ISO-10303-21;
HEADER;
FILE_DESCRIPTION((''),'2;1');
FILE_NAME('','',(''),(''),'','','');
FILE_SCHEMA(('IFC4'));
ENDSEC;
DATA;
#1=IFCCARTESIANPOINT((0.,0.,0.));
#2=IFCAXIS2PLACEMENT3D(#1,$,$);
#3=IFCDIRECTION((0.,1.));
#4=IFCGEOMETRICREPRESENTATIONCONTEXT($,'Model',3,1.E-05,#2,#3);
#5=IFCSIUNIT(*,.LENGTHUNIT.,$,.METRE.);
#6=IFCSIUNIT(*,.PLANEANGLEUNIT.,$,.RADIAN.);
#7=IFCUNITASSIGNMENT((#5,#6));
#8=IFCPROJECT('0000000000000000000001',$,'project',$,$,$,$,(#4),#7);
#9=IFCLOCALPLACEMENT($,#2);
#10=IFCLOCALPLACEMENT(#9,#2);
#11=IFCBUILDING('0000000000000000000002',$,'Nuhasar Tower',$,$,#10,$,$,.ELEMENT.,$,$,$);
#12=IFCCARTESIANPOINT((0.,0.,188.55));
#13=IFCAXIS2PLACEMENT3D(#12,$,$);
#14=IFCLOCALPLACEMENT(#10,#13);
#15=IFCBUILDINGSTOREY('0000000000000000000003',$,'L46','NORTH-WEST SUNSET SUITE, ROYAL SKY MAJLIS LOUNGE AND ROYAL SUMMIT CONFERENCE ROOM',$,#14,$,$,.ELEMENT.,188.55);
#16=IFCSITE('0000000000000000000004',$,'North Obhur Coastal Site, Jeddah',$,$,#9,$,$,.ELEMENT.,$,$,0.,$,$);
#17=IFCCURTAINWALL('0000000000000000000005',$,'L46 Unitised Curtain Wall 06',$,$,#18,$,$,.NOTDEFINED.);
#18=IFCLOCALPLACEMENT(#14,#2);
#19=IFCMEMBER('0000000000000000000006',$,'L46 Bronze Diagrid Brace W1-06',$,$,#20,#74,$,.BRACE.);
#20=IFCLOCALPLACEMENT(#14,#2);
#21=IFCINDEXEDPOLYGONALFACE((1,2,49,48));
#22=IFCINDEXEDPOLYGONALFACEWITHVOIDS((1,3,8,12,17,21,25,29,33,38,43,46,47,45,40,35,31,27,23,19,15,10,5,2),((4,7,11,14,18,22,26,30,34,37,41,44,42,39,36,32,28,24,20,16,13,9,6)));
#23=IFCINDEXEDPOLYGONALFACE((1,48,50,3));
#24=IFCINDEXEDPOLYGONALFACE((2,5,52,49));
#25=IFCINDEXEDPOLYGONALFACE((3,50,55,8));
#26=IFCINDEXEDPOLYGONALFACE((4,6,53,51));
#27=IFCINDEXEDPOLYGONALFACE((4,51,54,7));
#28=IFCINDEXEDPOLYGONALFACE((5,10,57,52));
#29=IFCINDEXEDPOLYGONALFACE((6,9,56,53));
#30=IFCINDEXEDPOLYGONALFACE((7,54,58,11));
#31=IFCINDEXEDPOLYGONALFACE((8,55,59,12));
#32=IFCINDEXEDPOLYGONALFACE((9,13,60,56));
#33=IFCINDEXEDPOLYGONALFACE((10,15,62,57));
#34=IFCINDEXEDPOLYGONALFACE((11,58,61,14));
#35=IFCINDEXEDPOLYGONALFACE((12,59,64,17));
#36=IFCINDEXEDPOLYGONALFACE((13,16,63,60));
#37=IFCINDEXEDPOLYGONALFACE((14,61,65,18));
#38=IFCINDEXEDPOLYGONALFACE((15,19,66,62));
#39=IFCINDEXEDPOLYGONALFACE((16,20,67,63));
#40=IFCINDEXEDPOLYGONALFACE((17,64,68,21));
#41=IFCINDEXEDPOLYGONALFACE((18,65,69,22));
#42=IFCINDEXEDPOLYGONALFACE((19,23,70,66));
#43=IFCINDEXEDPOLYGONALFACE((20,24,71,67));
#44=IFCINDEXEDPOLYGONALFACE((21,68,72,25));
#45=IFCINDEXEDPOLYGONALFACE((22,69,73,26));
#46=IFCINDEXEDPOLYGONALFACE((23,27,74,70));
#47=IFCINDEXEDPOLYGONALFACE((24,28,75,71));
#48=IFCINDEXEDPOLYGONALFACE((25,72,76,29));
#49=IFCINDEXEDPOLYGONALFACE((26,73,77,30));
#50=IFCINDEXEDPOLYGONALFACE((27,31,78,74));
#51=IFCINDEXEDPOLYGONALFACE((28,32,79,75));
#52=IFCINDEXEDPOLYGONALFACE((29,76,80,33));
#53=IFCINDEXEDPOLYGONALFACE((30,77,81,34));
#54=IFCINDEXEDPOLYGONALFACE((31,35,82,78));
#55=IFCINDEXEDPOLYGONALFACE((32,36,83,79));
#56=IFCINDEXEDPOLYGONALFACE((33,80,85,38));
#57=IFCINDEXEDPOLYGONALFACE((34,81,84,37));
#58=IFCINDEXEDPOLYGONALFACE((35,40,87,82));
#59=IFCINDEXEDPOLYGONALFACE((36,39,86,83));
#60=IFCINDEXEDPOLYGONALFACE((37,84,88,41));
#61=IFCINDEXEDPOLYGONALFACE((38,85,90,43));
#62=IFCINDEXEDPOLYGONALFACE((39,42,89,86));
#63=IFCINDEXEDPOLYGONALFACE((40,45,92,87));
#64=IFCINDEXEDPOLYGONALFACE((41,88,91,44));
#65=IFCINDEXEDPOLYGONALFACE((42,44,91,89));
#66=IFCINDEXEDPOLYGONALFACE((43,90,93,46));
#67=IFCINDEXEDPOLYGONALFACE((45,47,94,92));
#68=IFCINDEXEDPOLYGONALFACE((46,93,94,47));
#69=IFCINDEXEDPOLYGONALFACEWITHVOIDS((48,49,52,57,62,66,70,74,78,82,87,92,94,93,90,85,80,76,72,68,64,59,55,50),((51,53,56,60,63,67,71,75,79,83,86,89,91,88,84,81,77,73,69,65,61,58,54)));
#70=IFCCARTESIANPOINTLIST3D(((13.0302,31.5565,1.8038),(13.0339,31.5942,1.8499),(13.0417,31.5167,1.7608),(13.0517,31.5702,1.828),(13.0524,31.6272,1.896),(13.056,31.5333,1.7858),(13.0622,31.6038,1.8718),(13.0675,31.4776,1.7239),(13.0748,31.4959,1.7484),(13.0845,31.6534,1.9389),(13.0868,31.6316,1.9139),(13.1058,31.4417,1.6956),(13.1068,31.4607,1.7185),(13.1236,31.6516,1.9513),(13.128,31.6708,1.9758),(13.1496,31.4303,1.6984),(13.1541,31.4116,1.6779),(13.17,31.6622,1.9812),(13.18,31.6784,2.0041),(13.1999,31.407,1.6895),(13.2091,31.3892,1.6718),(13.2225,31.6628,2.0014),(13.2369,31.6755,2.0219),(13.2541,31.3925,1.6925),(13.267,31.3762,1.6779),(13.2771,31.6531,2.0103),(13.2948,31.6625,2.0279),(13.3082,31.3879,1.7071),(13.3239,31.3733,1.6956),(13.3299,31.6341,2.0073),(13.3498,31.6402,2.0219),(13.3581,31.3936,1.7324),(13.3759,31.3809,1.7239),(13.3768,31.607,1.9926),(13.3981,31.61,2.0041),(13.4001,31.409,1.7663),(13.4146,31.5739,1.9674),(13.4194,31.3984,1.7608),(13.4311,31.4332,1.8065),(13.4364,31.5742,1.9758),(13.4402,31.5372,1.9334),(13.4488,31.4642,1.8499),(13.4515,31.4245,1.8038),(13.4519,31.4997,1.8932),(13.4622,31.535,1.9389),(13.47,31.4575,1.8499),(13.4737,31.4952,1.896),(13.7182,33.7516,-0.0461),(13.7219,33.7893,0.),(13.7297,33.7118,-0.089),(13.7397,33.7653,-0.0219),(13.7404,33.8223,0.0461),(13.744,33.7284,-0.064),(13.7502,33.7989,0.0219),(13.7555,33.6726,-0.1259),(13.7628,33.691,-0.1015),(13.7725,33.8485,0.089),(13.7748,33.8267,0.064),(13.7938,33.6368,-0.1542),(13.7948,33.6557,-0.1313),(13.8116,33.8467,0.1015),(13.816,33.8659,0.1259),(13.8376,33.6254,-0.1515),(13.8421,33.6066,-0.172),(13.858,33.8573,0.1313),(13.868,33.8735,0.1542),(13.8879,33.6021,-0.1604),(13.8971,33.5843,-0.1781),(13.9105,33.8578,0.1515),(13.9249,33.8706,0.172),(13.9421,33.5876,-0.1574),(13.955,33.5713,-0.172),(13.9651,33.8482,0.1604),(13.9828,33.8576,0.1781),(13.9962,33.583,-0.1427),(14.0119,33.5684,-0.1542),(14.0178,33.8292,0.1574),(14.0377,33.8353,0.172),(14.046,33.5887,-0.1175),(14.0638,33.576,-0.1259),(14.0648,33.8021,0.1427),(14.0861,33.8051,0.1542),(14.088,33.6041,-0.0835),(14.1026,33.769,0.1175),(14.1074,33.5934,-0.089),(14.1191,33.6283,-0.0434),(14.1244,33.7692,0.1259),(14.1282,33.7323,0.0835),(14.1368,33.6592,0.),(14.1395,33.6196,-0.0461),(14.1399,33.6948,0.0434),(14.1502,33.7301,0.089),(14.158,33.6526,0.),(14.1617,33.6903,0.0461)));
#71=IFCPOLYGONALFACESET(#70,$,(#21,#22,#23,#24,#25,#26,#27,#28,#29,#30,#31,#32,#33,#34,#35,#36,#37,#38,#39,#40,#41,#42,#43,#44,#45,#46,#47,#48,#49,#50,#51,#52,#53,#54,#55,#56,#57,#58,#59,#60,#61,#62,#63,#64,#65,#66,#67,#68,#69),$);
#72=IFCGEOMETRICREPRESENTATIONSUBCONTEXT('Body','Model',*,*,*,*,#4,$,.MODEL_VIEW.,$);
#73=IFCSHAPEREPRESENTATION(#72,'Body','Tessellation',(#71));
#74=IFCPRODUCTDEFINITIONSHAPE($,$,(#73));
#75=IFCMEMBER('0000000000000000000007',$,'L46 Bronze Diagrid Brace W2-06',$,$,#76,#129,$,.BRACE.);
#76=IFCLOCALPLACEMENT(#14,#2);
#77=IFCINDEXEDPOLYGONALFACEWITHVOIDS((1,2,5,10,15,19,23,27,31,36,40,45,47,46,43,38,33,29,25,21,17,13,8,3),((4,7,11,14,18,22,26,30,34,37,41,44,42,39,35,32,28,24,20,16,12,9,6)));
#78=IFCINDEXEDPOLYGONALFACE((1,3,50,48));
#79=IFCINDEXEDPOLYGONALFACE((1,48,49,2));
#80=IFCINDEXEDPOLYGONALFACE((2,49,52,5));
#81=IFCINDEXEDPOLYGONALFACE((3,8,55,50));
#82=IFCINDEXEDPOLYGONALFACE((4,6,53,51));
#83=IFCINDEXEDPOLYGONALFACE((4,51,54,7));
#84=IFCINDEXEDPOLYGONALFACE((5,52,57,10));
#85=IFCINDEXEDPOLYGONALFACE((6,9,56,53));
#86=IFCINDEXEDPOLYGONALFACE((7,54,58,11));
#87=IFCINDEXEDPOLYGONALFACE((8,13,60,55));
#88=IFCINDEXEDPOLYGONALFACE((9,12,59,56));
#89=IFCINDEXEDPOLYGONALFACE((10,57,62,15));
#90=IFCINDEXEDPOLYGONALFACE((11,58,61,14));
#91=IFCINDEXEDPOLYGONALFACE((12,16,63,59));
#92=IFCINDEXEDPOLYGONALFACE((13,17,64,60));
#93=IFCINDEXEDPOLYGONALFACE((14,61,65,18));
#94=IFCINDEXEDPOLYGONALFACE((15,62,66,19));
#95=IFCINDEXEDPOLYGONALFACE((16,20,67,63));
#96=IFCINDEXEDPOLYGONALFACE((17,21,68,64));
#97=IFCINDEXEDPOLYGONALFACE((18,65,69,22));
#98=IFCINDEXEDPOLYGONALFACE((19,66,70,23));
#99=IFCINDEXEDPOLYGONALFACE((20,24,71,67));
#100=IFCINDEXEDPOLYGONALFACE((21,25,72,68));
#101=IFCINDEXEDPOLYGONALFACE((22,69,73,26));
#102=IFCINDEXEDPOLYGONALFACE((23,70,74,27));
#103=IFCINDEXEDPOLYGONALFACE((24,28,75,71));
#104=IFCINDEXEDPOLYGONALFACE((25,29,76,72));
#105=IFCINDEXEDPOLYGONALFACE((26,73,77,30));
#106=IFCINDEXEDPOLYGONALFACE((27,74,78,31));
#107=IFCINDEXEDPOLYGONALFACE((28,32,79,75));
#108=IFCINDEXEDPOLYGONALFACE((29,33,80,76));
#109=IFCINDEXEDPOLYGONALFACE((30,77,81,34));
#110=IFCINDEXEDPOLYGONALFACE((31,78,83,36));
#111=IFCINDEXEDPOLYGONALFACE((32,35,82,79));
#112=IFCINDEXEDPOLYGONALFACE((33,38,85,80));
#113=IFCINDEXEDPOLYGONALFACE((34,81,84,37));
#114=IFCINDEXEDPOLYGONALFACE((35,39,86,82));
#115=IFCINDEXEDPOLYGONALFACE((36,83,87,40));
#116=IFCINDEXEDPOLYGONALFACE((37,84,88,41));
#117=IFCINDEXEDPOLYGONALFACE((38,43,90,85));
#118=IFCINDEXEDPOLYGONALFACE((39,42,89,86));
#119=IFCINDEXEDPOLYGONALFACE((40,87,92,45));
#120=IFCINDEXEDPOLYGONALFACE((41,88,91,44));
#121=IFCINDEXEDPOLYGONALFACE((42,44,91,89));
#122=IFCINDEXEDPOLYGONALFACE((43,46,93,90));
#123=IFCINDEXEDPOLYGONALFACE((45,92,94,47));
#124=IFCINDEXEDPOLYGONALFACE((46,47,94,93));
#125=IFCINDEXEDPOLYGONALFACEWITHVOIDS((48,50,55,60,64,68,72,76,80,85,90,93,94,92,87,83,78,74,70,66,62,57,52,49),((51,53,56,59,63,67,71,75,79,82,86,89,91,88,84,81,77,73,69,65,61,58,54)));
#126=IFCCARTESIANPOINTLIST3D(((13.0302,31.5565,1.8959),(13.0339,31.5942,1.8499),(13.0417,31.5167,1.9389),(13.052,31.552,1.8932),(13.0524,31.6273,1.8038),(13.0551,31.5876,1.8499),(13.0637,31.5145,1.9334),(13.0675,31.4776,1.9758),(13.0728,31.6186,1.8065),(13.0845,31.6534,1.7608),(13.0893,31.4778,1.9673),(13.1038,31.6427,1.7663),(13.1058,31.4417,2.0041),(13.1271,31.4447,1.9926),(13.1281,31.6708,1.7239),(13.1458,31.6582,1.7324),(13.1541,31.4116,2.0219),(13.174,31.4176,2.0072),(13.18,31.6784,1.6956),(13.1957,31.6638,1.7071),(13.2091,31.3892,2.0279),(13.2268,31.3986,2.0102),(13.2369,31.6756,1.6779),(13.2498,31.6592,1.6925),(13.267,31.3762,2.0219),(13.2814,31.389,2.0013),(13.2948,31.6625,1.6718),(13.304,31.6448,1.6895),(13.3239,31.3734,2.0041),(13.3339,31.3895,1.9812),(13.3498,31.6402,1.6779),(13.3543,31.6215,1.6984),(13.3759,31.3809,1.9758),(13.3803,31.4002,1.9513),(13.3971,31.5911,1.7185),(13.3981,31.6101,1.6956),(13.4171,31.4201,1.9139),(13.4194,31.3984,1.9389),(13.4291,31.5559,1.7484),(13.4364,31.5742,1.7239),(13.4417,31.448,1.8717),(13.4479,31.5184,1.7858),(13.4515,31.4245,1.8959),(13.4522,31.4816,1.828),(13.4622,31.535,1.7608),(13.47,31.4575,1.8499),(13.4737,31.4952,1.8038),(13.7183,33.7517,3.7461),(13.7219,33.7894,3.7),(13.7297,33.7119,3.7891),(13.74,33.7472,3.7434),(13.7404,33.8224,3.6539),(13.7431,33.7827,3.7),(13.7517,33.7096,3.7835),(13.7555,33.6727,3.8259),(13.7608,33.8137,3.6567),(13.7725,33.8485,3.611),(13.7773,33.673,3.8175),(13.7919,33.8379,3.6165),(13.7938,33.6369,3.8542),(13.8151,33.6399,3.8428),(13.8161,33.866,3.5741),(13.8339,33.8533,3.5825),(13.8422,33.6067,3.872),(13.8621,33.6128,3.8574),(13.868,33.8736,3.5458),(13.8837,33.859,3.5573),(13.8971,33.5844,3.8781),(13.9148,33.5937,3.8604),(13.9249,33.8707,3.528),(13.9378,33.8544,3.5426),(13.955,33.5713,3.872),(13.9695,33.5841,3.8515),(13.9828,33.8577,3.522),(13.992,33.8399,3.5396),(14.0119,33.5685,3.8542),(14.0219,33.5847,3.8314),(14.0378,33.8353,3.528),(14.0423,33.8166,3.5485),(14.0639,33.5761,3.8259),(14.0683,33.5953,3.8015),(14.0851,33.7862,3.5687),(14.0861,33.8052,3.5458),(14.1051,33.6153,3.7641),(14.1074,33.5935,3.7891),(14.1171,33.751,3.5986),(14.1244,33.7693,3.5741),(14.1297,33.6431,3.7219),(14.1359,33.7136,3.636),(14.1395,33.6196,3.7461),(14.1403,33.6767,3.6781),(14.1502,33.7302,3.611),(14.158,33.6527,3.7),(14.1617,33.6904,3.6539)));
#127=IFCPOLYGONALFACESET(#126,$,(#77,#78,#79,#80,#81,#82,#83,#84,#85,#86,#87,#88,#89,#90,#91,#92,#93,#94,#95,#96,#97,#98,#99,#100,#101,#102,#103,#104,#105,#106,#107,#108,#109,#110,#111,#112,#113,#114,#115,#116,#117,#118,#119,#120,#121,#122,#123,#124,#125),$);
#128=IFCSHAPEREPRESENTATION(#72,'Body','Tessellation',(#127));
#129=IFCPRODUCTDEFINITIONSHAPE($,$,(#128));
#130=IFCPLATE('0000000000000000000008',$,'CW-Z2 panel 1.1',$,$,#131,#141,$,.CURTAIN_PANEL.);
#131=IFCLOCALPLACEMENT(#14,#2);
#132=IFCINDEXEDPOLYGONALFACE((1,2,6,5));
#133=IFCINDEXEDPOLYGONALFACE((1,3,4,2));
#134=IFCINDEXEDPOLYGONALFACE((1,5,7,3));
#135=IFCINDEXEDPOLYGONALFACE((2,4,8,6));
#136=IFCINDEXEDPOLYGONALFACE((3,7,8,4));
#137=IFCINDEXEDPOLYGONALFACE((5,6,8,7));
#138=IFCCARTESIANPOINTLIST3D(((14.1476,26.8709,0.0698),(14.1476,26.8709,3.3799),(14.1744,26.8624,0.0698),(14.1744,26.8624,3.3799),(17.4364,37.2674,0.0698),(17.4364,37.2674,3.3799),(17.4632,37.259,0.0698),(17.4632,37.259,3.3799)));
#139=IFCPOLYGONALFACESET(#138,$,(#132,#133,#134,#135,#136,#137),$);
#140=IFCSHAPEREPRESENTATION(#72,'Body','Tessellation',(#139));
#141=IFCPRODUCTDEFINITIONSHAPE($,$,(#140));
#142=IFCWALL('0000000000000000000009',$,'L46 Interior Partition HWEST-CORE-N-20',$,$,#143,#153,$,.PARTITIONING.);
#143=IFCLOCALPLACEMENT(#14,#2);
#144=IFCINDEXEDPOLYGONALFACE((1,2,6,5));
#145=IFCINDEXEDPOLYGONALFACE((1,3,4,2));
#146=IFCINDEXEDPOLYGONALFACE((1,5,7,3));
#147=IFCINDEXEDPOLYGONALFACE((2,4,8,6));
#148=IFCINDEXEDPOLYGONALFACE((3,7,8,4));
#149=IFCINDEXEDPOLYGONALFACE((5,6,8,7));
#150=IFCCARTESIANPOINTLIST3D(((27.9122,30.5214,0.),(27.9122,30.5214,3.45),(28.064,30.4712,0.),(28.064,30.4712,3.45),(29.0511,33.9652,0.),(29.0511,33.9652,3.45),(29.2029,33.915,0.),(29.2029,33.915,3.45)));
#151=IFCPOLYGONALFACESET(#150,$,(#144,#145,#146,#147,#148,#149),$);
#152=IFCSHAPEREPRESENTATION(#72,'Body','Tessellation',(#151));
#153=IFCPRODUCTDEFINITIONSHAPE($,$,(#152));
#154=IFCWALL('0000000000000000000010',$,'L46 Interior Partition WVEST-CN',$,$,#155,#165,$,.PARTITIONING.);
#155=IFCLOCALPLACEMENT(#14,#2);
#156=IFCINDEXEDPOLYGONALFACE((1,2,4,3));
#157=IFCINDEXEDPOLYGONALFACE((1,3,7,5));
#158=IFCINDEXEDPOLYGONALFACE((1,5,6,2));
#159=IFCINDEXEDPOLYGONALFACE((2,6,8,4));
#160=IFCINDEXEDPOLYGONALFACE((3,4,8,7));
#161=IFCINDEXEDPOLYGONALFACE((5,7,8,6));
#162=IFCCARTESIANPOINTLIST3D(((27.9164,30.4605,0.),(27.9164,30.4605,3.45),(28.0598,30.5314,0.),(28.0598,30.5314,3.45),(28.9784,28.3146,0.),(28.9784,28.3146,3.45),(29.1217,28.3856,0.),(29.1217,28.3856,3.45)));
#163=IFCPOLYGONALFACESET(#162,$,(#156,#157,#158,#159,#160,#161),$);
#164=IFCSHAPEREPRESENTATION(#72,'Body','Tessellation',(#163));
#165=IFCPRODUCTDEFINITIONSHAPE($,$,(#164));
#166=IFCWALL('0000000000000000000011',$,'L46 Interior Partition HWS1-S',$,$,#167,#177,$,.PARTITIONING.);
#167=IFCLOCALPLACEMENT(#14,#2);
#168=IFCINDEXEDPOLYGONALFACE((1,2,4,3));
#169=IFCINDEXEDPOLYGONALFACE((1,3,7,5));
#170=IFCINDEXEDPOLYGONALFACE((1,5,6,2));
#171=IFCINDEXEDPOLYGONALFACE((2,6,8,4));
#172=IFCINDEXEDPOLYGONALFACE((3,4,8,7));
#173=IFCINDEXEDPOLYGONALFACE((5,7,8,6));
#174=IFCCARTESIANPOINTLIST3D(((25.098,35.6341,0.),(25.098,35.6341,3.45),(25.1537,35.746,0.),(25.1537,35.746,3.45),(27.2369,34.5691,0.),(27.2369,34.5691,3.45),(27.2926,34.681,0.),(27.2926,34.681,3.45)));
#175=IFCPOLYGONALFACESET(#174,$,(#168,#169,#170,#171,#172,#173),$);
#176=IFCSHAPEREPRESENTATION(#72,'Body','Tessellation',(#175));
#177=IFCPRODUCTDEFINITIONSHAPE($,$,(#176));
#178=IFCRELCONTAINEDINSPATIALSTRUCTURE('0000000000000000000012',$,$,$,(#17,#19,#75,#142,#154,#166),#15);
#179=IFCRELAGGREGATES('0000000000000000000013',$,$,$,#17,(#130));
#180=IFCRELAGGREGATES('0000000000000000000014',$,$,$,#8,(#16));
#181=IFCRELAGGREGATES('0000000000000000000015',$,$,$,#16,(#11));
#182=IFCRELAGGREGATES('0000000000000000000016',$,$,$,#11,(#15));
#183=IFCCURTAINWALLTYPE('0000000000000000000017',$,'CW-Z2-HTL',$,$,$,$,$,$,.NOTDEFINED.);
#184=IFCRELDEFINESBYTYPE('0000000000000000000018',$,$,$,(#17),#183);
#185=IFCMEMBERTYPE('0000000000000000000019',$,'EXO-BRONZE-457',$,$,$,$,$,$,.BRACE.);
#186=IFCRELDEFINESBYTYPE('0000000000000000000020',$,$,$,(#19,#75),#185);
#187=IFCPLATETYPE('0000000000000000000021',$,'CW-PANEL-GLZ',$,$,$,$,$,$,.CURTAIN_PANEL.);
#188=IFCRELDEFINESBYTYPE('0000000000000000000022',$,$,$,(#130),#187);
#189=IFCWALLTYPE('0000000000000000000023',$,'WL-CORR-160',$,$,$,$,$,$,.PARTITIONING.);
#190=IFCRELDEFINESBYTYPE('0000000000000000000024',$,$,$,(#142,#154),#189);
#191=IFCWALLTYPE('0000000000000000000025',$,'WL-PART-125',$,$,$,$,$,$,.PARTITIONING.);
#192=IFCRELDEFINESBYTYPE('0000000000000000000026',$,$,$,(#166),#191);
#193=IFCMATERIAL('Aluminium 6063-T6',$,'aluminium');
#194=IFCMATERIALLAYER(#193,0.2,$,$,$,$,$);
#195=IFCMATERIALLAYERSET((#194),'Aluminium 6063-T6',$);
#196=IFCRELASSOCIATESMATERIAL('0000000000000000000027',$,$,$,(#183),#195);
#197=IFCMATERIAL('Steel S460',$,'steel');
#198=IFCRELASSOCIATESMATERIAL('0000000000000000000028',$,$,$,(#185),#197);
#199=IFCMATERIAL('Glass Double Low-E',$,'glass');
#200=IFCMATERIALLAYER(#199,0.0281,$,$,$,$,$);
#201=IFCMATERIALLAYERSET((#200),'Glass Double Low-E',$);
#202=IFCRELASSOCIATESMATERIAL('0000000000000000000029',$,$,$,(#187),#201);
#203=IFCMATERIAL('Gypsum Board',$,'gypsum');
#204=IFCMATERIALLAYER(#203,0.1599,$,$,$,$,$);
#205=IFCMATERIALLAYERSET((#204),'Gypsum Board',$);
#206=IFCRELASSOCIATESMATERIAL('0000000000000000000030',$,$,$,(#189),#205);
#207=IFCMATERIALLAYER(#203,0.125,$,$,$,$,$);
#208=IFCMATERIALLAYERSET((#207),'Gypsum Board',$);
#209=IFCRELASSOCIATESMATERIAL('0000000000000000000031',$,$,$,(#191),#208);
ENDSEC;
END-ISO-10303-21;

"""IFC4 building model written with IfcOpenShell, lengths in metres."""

from ifc_helpers import new_model, si_unit, direction, frame, frame_2d, origin, origin_2d, place, context, subcontext, project, spatial, rectangle, hollow_circle, extrude, material, layer, layer_set, material_profile, profile_set, type_object, element, aggregate, save


model = new_model("IFC4")

# Units and contexts
model_context = context("Model", 3, precision=1e-05, world=origin(), true_north=direction((0.0, 1.0)))
body_context = subcontext(model_context, "Body", "Model", "MODEL_VIEW")
ifc_project = project(units=[si_unit("LENGTHUNIT", "METRE"), si_unit("PLANEANGLEUNIT", "RADIAN")], contexts=[model_context])

# Site, building, storey
site_placement = place(None, origin())
site = spatial("IfcSite", under=ifc_project, at=site_placement, Name="North Obhur Coastal Site, Jeddah", CompositionType="ELEMENT", RefElevation=0.0)
building_placement = place(site_placement, origin())
building = spatial("IfcBuilding", under=site, at=building_placement, Name="Nuhasar Tower", CompositionType="ELEMENT")
storey_placement = place(building_placement, frame((0.0, 0.0, 188.55)))
storey = spatial("IfcBuildingStorey", under=building, at=storey_placement, Name="L46", Description="NORTH-WEST SUNSET SUITE, ROYAL SKY MAJLIS LOUNGE AND ROYAL SUMMIT CONFERENCE ROOM", CompositionType="ELEMENT", Elevation=188.55)

# Curtain wall
ifc_material_1 = material(Name="Aluminium 6063-T6", Category="aluminium")
ifc_layer_1 = layer(ifc_material_1, 0.2)
ifc_layer_set_1 = layer_set([ifc_layer_1], Name="Aluminium 6063-T6")
curtain_wall_type = type_object("IfcCurtainWallType", Name="CW-Z2-HTL", PredefinedType="NOTDEFINED", material=ifc_layer_set_1)
curtain_wall_placement = place(storey_placement, origin())
curtain_wall = element("IfcCurtainWall", 1, at=curtain_wall_placement, inside=storey, type_object=curtain_wall_type, Name="L46 Unitised Curtain Wall 06", PredefinedType="NOTDEFINED")

# Members
ifc_material_2 = material(Name="Steel S460", Category="steel")
ifc_material_profile_1 = material_profile(ifc_material_2, hollow_circle(Radius=0.2285, WallThickness=0.0222, at=origin_2d()), Name="HSS457X22.2")
ifc_profile_set_1 = profile_set([ifc_material_profile_1], Name="Steel S460")
member_type_1 = type_object("IfcMemberType", Name="EXO-BRONZE-457", PredefinedType="BRACE", material=ifc_profile_set_1)
member_1_placement = place(storey_placement, frame((13.9399, 33.7209, 0.0), z_axis=(-0.233068, -0.743616, 0.626669), x_axis=(0.954228, -0.299079, 0.0)))
element("IfcMember", 2, at=member_1_placement, inside=storey, type_object=member_type_1, Name="L46 Bronze Diagrid Brace W1-06", PredefinedType="BRACE", context=body_context, shape_type="SweptSolid", body=[
    extrude(hollow_circle(Radius=0.2285, WallThickness=0.0222, at=origin_2d()), origin(), (0.0, 0.0, 1.0), 2.9519),
])
member_2_placement = place(storey_placement, frame((13.252, 31.5259, 1.8499), z_axis=(0.233056, 0.743578, 0.626719), x_axis=(-0.954228, 0.299079, 0.0)))
element("IfcMember", 3, at=member_2_placement, inside=storey, type_object=member_type_1, Name="L46 Bronze Diagrid Brace W2-06", PredefinedType="BRACE", context=body_context, shape_type="SweptSolid", body=[
    extrude(hollow_circle(Radius=0.2285, WallThickness=0.0222, at=origin_2d()), origin(), (0.0, 0.0, 1.0), 2.9521),
])

# Plate
ifc_material_3 = material(Name="Glass Double Low-E", Category="glass")
ifc_layer_2 = layer(ifc_material_3, 0.0281)
ifc_layer_set_2 = layer_set([ifc_layer_2], Name="Glass Double Low-E")
plate_type = type_object("IfcPlateType", Name="CW-PANEL-GLZ", PredefinedType="CURTAIN_PANEL", material=ifc_layer_set_2)
plate_placement = place(storey_placement, frame((15.8054, 32.0649, 0.0698), z_axis=(0.0, 0.0, 1.0), x_axis=(-0.301604, -0.953433, 0.0)))
plate = element("IfcPlate", 4, at=plate_placement, type_object=plate_type, Name="CW-Z2 panel 1.1", PredefinedType="CURTAIN_PANEL", context=body_context, shape_type="SweptSolid", body=[
    extrude(rectangle(XDim=10.9043, YDim=0.0281, at=origin_2d()), origin(), (0.0, 0.0, 1.0), 3.3101),
])
aggregate(curtain_wall, [plate])

# Wall
ifc_material_4 = material(Name="Gypsum Board", Category="gypsum")
ifc_layer_3 = layer(ifc_material_4, 0.1599)
ifc_layer_set_3 = layer_set([ifc_layer_3], Name="Gypsum Board")
wall_type_1 = type_object("IfcWallType", Name="WL-CORR-160", PredefinedType="PARTITIONING", material=ifc_layer_set_3)
wall_1_placement = place(storey_placement, frame((29.127, 33.9399, 0.0), z_axis=(0.0, 0.0, 1.0), x_axis=(-0.313986, -0.949428, 0.0)))
element("IfcWall", 5, at=wall_1_placement, inside=storey, type_object=wall_type_1, Name="L46 Interior Partition HWEST-CORE-N-20", PredefinedType="PARTITIONING", context=body_context, shape_type="SweptSolid", body=[
    extrude(rectangle(XDim=3.6272, YDim=0.1599, at=frame_2d((1.8135, 0.0))), origin(), (0.0, 0.0, 1.0), 3.45),
])

# Walls
wall_2_placement = place(storey_placement, frame((27.988, 30.4961, 0.0), z_axis=(0.0, 0.0, 1.0), x_axis=(0.443539, -0.896255, 0.0)))
element("IfcWall", 6, at=wall_2_placement, inside=storey, type_object=wall_type_1, Name="L46 Interior Partition WVEST-CN", PredefinedType="PARTITIONING", context=body_context, shape_type="SweptSolid", body=[
    extrude(rectangle(XDim=2.3943, YDim=0.1599, at=frame_2d((1.1973, 0.0))), origin(), (0.0, 0.0, 1.0), 3.45),
])
ifc_layer_4 = layer(ifc_material_4, 0.125)
ifc_layer_set_4 = layer_set([ifc_layer_4], Name="Gypsum Board")
wall_type_2 = type_object("IfcWallType", Name="WL-PART-125", PredefinedType="PARTITIONING", material=ifc_layer_set_4)
wall_3_placement = place(storey_placement, frame((27.2649, 34.625, 0.0), z_axis=(0.0, 0.0, 1.0), x_axis=(-0.895182, 0.445701, 0.0)))
element("IfcWall", 7, at=wall_3_placement, inside=storey, type_object=wall_type_2, Name="L46 Interior Partition HWS1-S", PredefinedType="PARTITIONING", context=body_context, shape_type="SweptSolid", body=[
    extrude(rectangle(XDim=2.3894, YDim=0.125, at=frame_2d((1.1948, 0.0))), origin(), (0.0, 0.0, 1.0), 3.45),
])

save(model, "model.ifc")
